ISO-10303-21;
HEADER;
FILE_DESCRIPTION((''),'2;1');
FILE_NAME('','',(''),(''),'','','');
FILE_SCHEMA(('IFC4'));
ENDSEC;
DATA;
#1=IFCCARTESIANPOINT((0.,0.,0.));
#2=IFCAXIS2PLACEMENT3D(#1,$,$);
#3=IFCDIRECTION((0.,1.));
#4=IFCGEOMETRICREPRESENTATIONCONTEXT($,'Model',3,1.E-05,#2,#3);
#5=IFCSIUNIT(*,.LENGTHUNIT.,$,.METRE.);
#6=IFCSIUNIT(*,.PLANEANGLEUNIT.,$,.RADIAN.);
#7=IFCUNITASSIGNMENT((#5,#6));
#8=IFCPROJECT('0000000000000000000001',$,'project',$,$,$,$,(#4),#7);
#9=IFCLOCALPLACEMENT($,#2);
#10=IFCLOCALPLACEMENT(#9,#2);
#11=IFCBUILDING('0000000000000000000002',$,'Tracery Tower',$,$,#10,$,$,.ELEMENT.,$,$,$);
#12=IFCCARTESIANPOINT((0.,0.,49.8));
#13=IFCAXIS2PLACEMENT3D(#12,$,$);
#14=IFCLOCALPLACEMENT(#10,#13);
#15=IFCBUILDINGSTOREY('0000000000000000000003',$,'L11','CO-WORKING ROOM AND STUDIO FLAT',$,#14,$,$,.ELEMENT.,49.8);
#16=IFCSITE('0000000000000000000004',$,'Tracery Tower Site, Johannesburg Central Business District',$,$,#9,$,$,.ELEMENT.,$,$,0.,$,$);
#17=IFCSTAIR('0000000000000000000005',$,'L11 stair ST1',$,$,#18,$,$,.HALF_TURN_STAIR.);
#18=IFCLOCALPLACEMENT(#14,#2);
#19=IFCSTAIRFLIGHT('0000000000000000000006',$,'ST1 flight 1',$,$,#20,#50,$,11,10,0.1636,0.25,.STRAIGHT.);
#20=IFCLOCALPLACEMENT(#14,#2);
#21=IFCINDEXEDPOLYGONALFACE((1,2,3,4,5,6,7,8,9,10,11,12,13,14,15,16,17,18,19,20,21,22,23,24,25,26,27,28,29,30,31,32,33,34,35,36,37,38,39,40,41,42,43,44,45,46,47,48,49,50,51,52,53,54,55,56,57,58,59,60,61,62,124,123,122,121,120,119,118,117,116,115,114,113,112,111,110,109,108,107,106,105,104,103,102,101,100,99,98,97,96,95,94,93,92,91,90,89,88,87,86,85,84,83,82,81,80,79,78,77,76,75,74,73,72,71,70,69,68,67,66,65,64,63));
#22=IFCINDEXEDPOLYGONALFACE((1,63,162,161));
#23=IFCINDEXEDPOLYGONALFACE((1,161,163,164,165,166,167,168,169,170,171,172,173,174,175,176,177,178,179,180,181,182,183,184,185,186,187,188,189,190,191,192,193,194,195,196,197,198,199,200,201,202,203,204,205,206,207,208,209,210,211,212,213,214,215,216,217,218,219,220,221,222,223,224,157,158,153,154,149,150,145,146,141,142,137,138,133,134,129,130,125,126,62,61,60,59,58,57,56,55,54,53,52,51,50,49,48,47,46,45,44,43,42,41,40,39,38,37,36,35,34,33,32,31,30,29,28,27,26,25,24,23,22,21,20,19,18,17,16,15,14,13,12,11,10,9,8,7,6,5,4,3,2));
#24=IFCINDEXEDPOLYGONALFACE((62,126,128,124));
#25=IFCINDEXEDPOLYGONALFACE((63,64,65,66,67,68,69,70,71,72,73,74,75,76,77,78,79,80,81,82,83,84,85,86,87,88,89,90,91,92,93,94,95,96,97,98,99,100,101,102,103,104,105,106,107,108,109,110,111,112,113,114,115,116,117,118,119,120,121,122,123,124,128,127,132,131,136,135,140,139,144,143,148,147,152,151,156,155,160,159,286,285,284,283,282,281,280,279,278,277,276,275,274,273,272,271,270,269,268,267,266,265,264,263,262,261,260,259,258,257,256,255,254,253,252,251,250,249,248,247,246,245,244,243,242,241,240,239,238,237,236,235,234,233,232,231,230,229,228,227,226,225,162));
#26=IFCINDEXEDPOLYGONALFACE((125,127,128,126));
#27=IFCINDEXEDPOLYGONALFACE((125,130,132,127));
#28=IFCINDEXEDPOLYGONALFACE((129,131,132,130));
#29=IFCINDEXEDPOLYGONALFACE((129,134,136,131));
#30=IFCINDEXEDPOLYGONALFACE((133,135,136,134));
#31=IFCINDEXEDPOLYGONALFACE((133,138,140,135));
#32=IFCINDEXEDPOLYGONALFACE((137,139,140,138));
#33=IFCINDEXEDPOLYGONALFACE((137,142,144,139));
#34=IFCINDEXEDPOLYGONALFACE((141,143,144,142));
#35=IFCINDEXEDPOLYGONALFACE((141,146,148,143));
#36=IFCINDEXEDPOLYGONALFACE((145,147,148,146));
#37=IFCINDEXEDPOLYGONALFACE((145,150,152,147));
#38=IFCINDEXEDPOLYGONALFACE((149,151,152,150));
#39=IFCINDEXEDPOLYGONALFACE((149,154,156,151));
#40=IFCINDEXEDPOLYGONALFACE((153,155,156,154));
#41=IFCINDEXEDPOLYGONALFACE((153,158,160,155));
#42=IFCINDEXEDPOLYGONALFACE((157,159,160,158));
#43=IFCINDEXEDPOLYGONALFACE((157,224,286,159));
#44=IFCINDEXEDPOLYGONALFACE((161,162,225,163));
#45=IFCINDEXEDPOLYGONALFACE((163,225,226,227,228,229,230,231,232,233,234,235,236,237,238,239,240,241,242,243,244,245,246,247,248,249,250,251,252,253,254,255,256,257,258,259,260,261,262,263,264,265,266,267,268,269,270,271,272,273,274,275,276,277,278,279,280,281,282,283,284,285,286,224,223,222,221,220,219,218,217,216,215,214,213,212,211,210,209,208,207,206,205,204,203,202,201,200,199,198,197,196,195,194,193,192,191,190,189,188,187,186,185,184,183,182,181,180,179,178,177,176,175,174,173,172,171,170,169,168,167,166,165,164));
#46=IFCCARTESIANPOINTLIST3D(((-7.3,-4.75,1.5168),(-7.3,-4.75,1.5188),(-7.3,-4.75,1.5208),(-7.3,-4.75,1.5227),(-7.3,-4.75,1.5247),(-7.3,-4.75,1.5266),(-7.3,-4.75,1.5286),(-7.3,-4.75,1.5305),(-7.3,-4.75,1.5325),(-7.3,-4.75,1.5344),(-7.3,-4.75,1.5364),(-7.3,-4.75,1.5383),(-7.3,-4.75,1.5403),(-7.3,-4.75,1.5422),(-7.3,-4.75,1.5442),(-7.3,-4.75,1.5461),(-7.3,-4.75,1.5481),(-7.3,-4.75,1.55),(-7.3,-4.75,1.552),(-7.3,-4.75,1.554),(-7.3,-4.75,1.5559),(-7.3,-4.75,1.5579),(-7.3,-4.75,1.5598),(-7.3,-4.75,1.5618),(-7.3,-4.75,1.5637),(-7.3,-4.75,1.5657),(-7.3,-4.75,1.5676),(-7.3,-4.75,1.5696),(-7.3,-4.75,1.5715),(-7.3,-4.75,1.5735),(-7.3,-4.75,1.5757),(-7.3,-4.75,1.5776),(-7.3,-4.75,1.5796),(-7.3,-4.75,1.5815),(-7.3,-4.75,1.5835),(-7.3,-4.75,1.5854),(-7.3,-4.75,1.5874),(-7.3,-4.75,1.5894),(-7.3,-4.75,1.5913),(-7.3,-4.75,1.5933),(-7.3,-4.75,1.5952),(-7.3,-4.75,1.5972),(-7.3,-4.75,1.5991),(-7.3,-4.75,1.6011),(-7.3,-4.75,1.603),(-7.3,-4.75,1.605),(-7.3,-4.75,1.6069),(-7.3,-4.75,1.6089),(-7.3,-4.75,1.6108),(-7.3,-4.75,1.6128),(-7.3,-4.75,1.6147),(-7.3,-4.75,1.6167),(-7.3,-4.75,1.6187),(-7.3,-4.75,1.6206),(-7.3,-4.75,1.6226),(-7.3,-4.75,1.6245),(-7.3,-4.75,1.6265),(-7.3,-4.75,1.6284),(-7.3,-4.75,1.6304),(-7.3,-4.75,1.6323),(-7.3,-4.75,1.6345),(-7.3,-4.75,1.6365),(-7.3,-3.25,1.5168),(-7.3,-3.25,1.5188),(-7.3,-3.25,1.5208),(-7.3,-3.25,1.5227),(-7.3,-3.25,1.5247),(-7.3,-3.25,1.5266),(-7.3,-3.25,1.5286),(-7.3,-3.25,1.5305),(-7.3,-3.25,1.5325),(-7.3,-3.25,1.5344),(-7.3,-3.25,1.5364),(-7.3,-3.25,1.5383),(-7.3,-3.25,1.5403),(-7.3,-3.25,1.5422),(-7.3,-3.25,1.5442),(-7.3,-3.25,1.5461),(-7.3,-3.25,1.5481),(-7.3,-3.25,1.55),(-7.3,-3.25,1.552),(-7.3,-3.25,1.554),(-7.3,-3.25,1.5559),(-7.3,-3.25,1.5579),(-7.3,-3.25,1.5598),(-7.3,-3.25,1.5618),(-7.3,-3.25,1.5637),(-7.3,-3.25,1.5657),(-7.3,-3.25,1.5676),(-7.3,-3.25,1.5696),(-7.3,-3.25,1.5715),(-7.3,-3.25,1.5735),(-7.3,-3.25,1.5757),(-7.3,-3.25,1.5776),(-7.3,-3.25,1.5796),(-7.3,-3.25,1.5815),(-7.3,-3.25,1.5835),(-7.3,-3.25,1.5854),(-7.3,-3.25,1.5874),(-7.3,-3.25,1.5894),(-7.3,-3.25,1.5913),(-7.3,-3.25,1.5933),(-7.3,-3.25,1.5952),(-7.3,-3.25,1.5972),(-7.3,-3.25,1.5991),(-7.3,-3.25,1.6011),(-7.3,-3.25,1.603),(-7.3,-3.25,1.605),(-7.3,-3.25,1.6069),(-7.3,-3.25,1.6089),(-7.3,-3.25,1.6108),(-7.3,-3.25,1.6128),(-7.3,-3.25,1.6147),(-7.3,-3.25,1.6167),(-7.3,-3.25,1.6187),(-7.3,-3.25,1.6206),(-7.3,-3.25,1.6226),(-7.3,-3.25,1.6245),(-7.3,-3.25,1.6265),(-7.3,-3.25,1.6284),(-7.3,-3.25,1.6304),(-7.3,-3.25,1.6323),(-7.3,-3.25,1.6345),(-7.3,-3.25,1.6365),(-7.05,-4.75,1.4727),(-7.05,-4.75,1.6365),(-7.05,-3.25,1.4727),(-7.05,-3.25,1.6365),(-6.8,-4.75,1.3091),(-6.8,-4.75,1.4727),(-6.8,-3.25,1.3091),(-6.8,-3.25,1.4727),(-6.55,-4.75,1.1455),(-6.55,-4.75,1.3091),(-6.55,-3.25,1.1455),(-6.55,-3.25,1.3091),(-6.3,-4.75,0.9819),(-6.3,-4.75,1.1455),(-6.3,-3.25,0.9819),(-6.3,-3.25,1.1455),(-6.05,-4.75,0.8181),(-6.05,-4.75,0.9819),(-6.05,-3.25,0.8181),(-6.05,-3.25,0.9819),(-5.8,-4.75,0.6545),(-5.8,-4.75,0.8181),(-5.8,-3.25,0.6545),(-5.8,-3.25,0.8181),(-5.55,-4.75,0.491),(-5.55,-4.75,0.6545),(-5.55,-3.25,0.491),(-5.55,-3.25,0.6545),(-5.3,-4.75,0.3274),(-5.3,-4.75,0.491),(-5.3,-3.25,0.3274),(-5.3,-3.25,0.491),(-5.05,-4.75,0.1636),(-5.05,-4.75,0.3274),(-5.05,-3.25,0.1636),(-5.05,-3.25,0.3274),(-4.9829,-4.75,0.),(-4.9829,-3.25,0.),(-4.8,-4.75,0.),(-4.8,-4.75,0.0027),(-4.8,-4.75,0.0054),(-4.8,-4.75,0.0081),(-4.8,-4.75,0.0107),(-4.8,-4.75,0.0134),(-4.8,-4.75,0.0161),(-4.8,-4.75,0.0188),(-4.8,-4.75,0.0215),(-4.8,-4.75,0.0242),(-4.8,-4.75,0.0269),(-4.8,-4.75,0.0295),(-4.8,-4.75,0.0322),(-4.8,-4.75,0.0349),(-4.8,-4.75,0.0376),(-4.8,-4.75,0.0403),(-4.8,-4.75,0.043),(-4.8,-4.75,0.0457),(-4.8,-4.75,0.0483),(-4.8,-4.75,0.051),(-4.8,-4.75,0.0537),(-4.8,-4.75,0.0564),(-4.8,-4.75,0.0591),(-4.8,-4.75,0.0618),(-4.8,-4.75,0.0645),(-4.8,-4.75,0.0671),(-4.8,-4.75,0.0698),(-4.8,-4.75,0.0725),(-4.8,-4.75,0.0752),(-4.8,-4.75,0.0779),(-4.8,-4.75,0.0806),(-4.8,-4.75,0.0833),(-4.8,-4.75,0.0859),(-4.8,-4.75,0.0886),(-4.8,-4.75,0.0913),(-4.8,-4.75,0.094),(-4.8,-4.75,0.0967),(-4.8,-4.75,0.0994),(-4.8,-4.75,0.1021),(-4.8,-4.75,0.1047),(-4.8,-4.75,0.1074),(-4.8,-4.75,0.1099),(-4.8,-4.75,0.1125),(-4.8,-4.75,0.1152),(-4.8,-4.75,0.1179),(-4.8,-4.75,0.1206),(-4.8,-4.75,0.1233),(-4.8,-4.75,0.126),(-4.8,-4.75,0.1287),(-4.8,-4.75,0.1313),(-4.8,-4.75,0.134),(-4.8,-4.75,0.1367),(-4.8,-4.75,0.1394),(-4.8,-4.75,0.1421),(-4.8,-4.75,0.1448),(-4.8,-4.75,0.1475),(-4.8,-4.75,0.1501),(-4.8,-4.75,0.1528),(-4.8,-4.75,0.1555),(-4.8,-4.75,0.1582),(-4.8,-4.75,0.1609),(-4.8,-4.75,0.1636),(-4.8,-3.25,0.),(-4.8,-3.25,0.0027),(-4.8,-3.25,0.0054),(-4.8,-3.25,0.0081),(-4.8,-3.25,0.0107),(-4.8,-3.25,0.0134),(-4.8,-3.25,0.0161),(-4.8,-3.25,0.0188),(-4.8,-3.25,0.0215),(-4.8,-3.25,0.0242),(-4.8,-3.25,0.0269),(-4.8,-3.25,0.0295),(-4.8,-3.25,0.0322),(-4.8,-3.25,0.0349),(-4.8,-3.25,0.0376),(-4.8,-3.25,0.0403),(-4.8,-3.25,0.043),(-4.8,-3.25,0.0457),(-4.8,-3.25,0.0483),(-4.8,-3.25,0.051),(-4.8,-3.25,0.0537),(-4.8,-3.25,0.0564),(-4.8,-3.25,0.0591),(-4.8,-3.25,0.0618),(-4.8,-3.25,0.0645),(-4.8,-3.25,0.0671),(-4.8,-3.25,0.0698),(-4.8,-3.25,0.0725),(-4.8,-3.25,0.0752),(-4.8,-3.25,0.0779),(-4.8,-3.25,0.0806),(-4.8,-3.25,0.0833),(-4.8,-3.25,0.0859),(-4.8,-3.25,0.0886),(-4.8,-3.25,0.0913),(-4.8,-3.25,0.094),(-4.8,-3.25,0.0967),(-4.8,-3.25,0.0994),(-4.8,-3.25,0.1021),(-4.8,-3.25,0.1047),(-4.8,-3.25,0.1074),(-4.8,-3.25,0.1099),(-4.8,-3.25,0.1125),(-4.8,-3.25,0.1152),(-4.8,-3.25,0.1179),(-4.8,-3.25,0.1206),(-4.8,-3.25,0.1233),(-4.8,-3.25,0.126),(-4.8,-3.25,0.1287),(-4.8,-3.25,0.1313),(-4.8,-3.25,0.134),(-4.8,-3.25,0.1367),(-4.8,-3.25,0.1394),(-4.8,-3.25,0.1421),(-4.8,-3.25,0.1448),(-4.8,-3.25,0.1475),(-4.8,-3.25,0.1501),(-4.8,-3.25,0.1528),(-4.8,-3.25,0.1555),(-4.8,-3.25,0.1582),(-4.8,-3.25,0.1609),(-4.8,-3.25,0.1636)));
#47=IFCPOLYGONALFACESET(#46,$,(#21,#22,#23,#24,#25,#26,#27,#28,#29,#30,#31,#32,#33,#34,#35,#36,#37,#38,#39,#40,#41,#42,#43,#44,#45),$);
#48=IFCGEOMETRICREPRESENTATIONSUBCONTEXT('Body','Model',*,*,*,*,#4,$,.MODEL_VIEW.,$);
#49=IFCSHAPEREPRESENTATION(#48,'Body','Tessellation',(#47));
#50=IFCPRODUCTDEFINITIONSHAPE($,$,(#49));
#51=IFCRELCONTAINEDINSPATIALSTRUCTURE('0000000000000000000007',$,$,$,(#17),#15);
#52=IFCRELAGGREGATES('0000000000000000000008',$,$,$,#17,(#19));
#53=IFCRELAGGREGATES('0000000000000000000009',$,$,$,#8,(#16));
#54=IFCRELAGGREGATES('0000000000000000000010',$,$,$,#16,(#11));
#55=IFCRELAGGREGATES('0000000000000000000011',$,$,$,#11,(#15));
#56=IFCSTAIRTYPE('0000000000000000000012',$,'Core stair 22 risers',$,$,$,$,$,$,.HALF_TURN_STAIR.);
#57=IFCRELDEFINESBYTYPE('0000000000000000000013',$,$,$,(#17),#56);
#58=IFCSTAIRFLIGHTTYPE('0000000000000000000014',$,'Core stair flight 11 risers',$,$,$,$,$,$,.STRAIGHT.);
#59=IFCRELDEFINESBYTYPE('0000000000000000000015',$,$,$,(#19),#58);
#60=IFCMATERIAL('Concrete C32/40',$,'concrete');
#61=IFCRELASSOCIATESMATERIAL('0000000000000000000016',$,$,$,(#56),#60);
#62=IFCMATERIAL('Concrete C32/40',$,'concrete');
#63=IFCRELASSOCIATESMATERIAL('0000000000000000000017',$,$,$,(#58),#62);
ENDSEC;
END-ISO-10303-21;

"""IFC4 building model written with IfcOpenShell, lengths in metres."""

from ifc_helpers import new_model, si_unit, direction, frame, origin, place, context, subcontext, project, spatial, polyline, outline, extrude, material, type_object, element, aggregate, save


model = new_model("IFC4")

# Units and contexts
model_context = context("Model", 3, precision=1e-05, world=origin(), true_north=direction((0.0, 1.0)))
body_context = subcontext(model_context, "Body", "Model", "MODEL_VIEW")
ifc_project = project(units=[si_unit("LENGTHUNIT", "METRE"), si_unit("PLANEANGLEUNIT", "RADIAN")], contexts=[model_context])

# Site, building, storey
site_placement = place(None, origin())
site = spatial("IfcSite", under=ifc_project, at=site_placement, Name="Tracery Tower Site, Johannesburg Central Business District", CompositionType="ELEMENT", RefElevation=0.0)
building_placement = place(site_placement, origin())
building = spatial("IfcBuilding", under=site, at=building_placement, Name="Tracery Tower", CompositionType="ELEMENT")
storey_placement = place(building_placement, frame((0.0, 0.0, 49.8)))
storey = spatial("IfcBuildingStorey", under=building, at=storey_placement, Name="L11", Description="CO-WORKING ROOM AND STUDIO FLAT", CompositionType="ELEMENT", Elevation=49.8)

# Stair, stair flight
ifc_material_1 = material(Name="Concrete C32/40", Category="concrete")
stair_type = type_object("IfcStairType", Name="Core stair 22 risers", PredefinedType="HALF_TURN_STAIR", material=ifc_material_1)
stair_placement = place(storey_placement, origin())
stair = element("IfcStair", 1, at=stair_placement, inside=storey, type_object=stair_type, Name="L11 stair ST1", PredefinedType="HALF_TURN_STAIR")
ifc_material_2 = material(Name="Concrete C32/40", Category="concrete")
stair_flight_type = type_object("IfcStairFlightType", Name="Core stair flight 11 risers", PredefinedType="STRAIGHT", material=ifc_material_2)
stair_flight_1_placement = place(storey_placement, frame((-4.8, -4.0, 0.0), z_axis=(0.0, 0.0, 1.0), x_axis=(-1.0, 0.0, 0.0)))
stair_flight_1 = element("IfcStairFlight", 2, at=stair_flight_1_placement, type_object=stair_flight_type, Name="ST1 flight 1", NumberOfRisers=11, NumberOfTreads=10, PredefinedType="STRAIGHT", RiserHeight=0.1636, TreadLength=0.25, context=body_context, shape_type="SweptSolid", body=[
    extrude(outline(polyline([(0.0, 0.0), (0.0, 0.0027), (0.0, 0.0054), (0.0, 0.0081), (0.0, 0.0107), (0.0, 0.0134), (0.0, 0.0161), (0.0, 0.0188), (0.0, 0.0215), (0.0, 0.0242), (0.0, 0.0269), (0.0, 0.0295), (0.0, 0.0322), (0.0, 0.0349), (0.0, 0.0376), (0.0, 0.0403), (0.0, 0.043), (0.0, 0.0457), (0.0, 0.0483), (0.0, 0.051), (0.0, 0.0537), (0.0, 0.0564), (0.0, 0.0591), (0.0, 0.0618), (0.0, 0.0645), (0.0, 0.0671), (0.0, 0.0698), (0.0, 0.0725), (0.0, 0.0752), (0.0, 0.0779), (0.0, 0.0806), (0.0, 0.0833), (0.0, 0.0859), (0.0, 0.0886), (0.0, 0.0913), (0.0, 0.094), (0.0, 0.0967), (0.0, 0.0994), (0.0, 0.1021), (0.0, 0.1047), (0.0, 0.1074), (0.0, 0.1099), (0.0, 0.1125), (0.0, 0.1152), (0.0, 0.1179), (0.0, 0.1206), (0.0, 0.1233), (0.0, 0.126), (0.0, 0.1287), (0.0, 0.1313), (0.0, 0.134), (0.0, 0.1367), (0.0, 0.1394), (0.0, 0.1421), (0.0, 0.1448), (0.0, 0.1475), (0.0, 0.1501), (0.0, 0.1528), (0.0, 0.1555), (0.0, 0.1582), (0.0, 0.1609), (0.0, 0.1636), (0.25, 0.1636), (0.25, 0.3274), (0.5, 0.3274), (0.5, 0.491), (0.75, 0.491), (0.75, 0.6545), (1.0, 0.6545), (1.0, 0.8181), (1.25, 0.8181), (1.25, 0.9819), (1.5, 0.9819), (1.5, 1.1455), (1.75, 1.1455), (1.75, 1.3091), (2.0, 1.3091), (2.0, 1.4727), (2.25, 1.4727), (2.25, 1.6365), (2.5, 1.6365), (2.5, 1.6345), (2.5, 1.6323), (2.5, 1.6304), (2.5, 1.6284), (2.5, 1.6265), (2.5, 1.6245), (2.5, 1.6226), (2.5, 1.6206), (2.5, 1.6187), (2.5, 1.6167), (2.5, 1.6147), (2.5, 1.6128), (2.5, 1.6108), (2.5, 1.6089), (2.5, 1.6069), (2.5, 1.605), (2.5, 1.603), (2.5, 1.6011), (2.5, 1.5991), (2.5, 1.5972), (2.5, 1.5952), (2.5, 1.5933), (2.5, 1.5913), (2.5, 1.5894), (2.5, 1.5874), (2.5, 1.5854), (2.5, 1.5835), (2.5, 1.5815), (2.5, 1.5796), (2.5, 1.5776), (2.5, 1.5757), (2.5, 1.5735), (2.5, 1.5715), (2.5, 1.5696), (2.5, 1.5676), (2.5, 1.5657), (2.5, 1.5637), (2.5, 1.5618), (2.5, 1.5598), (2.5, 1.5579), (2.5, 1.5559), (2.5, 1.554), (2.5, 1.552), (2.5, 1.55), (2.5, 1.5481), (2.5, 1.5461), (2.5, 1.5442), (2.5, 1.5422), (2.5, 1.5403), (2.5, 1.5383), (2.5, 1.5364), (2.5, 1.5344), (2.5, 1.5325), (2.5, 1.5305), (2.5, 1.5286), (2.5, 1.5266), (2.5, 1.5247), (2.5, 1.5227), (2.5, 1.5208), (2.5, 1.5188), (2.5, 1.5168), (0.1829, 0.0), (0.0, 0.0)])), frame((0.0, 0.75, 0.0), z_axis=(0.0, -1.0, 0.0), x_axis=(1.0, 0.0, 0.0)), (0.0, 0.0, 1.0), 1.5),
])
aggregate(stair, [stair_flight_1])

save(model, "model.ifc")
